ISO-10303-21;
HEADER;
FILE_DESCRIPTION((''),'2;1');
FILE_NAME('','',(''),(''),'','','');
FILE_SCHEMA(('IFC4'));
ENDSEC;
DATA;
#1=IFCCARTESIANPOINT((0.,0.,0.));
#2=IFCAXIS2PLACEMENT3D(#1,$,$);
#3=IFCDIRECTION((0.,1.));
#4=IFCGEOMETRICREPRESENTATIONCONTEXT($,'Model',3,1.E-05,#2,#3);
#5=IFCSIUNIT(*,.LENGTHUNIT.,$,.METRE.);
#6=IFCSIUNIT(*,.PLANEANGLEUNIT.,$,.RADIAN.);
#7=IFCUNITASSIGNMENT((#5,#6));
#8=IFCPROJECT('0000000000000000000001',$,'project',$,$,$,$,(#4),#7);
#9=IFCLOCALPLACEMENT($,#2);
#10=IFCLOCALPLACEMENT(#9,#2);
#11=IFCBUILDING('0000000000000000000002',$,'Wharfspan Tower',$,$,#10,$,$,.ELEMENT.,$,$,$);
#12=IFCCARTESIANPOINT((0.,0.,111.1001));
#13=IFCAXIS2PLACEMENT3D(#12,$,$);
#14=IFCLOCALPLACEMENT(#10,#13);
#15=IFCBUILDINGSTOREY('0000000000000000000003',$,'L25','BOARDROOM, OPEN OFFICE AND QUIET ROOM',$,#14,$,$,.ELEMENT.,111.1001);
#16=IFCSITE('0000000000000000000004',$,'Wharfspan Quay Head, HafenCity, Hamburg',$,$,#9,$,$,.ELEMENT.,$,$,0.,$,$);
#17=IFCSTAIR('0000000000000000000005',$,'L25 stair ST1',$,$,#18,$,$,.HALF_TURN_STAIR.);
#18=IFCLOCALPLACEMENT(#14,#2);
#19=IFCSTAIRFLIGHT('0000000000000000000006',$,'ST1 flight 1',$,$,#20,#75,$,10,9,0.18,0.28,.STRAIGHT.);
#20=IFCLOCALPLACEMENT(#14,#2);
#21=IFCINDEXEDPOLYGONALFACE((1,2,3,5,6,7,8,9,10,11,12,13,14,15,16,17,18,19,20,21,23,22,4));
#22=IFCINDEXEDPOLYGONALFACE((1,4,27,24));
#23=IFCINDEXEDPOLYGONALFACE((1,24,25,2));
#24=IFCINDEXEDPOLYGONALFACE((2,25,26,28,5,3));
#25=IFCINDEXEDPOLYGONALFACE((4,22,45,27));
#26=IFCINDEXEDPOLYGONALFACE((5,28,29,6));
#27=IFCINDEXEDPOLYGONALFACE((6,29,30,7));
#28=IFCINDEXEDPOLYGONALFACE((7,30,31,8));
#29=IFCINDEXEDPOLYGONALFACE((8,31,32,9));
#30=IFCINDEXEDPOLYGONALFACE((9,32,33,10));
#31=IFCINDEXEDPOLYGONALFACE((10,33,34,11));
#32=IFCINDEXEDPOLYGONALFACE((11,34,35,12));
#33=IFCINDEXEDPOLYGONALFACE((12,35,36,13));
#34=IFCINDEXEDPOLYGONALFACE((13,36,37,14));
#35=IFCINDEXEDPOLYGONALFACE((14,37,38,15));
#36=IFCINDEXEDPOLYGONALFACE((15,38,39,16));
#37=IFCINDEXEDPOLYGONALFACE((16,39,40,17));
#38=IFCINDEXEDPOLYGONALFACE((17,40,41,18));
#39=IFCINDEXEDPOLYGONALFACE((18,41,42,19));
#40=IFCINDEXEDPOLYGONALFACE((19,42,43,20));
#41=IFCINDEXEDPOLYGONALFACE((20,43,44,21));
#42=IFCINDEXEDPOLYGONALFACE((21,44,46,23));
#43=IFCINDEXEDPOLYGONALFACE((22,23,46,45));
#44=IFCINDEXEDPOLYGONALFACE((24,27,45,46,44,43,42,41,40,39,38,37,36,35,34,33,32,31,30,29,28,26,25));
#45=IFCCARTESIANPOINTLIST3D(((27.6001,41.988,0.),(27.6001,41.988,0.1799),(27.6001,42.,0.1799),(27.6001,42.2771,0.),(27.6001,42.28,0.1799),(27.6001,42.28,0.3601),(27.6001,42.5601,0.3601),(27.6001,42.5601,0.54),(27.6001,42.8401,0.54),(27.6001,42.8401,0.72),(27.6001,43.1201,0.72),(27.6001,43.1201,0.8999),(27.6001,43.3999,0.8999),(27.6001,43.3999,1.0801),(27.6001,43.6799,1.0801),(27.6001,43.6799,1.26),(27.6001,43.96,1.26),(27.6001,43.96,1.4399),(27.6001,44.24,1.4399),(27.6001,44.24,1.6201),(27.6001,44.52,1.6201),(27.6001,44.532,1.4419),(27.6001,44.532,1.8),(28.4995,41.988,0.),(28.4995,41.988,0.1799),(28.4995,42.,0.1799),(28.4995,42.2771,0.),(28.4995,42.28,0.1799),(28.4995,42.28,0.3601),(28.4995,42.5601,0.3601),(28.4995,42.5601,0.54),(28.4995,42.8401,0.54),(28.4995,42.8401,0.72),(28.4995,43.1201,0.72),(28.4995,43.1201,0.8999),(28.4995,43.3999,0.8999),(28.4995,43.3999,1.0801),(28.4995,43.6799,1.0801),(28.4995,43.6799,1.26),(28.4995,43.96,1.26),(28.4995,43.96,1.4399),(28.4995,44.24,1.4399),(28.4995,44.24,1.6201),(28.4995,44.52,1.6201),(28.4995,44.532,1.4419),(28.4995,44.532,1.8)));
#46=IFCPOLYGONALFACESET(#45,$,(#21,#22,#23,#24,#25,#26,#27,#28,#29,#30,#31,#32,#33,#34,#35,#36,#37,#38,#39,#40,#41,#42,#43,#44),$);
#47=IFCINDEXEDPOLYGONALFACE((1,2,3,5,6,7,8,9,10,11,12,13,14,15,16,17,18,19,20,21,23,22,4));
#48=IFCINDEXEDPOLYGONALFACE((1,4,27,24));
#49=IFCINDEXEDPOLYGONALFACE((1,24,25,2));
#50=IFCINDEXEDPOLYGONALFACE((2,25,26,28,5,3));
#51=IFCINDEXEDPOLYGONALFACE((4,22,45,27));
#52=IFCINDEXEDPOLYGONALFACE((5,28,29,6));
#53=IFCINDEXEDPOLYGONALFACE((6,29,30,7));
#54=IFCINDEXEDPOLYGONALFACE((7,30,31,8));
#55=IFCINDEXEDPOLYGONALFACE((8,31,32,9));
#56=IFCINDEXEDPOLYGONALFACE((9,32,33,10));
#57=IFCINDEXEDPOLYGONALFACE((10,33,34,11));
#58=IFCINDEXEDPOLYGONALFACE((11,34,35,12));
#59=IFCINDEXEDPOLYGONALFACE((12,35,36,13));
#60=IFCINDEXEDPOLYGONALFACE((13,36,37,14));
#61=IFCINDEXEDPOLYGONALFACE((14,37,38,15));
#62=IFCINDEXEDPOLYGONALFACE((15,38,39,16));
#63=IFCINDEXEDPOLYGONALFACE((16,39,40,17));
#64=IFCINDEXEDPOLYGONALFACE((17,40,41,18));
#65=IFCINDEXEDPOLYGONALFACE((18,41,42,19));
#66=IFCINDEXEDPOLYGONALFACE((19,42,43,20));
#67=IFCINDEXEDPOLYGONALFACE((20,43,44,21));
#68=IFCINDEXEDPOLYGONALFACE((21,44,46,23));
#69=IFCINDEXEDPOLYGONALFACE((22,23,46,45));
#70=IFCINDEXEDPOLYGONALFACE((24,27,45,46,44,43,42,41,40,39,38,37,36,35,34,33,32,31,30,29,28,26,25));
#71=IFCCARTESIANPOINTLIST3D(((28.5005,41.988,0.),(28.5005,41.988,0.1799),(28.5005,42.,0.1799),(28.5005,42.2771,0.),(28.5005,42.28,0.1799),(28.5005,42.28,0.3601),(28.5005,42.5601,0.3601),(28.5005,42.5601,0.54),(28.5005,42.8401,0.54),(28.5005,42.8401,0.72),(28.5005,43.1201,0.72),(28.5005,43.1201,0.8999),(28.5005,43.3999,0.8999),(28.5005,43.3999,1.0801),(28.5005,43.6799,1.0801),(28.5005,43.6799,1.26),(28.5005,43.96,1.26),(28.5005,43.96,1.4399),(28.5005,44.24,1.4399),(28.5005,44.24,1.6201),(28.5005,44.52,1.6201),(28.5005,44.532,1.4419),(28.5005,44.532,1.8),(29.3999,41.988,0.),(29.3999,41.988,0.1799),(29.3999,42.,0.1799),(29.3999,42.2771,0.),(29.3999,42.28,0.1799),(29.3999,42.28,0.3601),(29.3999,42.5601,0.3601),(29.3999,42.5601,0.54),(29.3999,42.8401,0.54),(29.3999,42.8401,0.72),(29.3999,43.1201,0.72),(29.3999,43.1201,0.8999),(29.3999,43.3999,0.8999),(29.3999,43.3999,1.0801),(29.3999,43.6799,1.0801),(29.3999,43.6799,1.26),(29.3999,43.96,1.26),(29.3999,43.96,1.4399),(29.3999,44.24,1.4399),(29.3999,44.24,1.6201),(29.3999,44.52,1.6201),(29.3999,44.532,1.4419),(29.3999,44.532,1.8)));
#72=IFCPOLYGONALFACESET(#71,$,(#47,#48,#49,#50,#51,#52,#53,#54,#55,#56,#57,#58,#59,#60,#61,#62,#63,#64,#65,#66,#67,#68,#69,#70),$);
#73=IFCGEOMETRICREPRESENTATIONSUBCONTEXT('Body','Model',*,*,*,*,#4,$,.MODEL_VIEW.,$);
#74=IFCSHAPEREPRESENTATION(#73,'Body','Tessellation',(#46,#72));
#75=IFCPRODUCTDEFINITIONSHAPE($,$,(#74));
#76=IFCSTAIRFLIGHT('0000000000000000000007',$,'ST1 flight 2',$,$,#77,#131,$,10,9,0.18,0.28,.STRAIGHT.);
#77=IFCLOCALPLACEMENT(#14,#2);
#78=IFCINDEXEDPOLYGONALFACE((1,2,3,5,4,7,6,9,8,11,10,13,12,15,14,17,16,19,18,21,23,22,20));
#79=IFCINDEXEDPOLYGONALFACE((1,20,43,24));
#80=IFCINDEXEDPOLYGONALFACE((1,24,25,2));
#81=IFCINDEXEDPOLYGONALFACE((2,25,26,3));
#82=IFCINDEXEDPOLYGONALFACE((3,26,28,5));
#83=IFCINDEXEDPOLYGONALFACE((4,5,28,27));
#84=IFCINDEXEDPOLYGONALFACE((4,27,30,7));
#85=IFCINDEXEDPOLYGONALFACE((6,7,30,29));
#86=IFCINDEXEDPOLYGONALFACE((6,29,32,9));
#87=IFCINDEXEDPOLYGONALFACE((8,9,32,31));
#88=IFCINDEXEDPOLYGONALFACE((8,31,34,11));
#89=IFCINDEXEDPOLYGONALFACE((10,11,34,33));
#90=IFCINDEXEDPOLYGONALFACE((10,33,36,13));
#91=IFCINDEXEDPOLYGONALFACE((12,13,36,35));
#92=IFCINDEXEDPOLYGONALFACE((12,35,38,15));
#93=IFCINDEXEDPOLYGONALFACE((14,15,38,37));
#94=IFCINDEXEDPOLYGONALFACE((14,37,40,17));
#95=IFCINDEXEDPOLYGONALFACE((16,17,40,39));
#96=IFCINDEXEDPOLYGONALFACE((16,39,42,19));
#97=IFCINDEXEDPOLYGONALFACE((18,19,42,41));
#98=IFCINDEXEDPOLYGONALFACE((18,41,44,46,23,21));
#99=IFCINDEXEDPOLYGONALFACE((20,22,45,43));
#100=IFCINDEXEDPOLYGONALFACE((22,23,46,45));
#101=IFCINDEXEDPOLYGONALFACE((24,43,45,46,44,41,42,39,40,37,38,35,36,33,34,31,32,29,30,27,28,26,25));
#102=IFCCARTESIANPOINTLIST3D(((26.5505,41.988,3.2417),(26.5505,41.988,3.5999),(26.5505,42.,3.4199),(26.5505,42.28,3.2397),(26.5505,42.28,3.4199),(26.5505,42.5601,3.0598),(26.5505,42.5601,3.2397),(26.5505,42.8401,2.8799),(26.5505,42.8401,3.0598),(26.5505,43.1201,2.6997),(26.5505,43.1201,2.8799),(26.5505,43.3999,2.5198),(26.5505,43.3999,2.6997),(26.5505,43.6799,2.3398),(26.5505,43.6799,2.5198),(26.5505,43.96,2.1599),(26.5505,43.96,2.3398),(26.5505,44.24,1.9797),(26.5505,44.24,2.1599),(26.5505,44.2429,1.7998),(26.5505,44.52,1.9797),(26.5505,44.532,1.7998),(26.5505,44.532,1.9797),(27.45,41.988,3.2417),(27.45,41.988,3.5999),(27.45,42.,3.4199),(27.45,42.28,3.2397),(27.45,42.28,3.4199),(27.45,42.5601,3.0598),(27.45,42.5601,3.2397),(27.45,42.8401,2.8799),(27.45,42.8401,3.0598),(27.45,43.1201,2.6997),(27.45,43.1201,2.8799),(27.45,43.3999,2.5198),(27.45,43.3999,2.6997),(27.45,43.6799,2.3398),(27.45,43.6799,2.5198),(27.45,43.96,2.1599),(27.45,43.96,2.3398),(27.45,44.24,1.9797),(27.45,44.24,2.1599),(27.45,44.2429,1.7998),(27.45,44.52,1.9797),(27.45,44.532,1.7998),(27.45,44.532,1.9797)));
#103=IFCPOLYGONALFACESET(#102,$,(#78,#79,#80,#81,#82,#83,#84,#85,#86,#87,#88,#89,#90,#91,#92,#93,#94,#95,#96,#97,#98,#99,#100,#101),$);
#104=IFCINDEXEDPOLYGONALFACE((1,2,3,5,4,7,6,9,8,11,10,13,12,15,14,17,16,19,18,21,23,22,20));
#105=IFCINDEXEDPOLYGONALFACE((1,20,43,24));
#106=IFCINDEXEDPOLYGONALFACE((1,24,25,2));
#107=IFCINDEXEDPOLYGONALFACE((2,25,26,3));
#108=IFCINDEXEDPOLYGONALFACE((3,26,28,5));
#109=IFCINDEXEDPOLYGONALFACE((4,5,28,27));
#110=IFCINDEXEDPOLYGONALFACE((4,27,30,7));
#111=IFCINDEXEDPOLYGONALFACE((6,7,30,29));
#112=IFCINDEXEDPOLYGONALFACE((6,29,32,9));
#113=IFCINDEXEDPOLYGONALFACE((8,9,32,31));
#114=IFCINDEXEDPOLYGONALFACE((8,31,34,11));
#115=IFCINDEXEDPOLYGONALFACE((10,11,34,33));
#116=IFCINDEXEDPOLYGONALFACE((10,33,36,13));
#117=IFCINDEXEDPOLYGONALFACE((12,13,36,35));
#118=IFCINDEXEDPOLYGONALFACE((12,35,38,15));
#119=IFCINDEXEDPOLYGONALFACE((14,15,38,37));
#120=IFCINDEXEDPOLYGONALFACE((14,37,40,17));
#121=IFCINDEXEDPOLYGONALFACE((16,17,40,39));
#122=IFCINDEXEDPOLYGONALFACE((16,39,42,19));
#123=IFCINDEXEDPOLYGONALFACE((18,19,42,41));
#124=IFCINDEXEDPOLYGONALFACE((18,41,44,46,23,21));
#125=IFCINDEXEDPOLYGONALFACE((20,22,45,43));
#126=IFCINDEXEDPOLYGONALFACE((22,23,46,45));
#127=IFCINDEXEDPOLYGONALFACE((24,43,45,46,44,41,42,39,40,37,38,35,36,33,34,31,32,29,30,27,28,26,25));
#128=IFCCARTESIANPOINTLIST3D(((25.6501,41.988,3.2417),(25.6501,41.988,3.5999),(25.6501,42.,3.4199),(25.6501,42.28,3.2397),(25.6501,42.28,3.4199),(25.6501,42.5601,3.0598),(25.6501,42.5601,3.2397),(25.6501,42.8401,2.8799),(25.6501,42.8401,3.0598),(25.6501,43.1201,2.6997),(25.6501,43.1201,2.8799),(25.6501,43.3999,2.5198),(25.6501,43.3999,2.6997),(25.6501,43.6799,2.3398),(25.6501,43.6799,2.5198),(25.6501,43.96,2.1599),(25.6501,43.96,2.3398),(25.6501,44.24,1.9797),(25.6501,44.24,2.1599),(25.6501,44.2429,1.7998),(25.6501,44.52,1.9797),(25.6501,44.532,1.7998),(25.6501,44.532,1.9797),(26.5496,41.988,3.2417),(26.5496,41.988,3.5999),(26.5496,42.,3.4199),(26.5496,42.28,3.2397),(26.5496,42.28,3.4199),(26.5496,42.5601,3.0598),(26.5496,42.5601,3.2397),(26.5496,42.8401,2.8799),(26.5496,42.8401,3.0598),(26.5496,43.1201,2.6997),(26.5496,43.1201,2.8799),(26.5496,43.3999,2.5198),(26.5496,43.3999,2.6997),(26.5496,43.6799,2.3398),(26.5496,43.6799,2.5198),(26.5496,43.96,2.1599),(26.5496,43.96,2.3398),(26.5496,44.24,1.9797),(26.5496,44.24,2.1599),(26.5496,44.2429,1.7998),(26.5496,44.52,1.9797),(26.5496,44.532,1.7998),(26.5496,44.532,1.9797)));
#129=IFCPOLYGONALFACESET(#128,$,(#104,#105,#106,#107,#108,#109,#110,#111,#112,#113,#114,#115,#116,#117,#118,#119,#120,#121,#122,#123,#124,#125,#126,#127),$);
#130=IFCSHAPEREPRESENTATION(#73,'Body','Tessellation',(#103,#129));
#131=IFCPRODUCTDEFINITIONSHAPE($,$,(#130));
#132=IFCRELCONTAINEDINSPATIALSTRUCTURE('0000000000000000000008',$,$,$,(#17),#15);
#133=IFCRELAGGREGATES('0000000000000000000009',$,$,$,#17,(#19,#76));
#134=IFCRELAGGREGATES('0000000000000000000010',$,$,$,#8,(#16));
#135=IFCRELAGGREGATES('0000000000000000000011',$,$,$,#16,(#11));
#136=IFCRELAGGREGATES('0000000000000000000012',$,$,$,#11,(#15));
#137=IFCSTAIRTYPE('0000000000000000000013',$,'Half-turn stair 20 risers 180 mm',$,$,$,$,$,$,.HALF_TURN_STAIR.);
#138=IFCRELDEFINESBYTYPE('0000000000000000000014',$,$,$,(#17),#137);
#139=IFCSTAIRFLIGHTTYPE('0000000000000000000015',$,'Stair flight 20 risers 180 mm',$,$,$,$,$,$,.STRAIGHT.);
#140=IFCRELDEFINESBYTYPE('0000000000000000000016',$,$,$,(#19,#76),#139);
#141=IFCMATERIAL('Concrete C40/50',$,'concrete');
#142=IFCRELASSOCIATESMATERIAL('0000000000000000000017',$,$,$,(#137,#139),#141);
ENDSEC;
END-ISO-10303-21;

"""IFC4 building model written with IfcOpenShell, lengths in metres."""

from ifc_helpers import new_model, si_unit, direction, frame, origin, place, context, subcontext, project, spatial, polyline, outline, extrude, material, type_object, element, aggregate, save


model = new_model("IFC4")

# Units and contexts
model_context = context("Model", 3, precision=1e-05, world=origin(), true_north=direction((0.0, 1.0)))
body_context = subcontext(model_context, "Body", "Model", "MODEL_VIEW")
ifc_project = project(units=[si_unit("LENGTHUNIT", "METRE"), si_unit("PLANEANGLEUNIT", "RADIAN")], contexts=[model_context])

# Site, building, storey
site_placement = place(None, origin())
site = spatial("IfcSite", under=ifc_project, at=site_placement, Name="Wharfspan Quay Head, HafenCity, Hamburg", CompositionType="ELEMENT", RefElevation=0.0)
building_placement = place(site_placement, origin())
building = spatial("IfcBuilding", under=site, at=building_placement, Name="Wharfspan Tower", CompositionType="ELEMENT")
storey_placement = place(building_placement, frame((0.0, 0.0, 111.1001)))
storey = spatial("IfcBuildingStorey", under=building, at=storey_placement, Name="L25", Description="BOARDROOM, OPEN OFFICE AND QUIET ROOM", CompositionType="ELEMENT", Elevation=111.1001)

# Shared definitions
ifc_material_1 = material(Name="Concrete C40/50", Category="concrete")

# Stair, stair flights
stair_type = type_object("IfcStairType", Name="Half-turn stair 20 risers 180 mm", PredefinedType="HALF_TURN_STAIR", material=ifc_material_1)
stair_placement = place(storey_placement, origin())
stair = element("IfcStair", 1, at=stair_placement, inside=storey, type_object=stair_type, Name="L25 stair ST1", PredefinedType="HALF_TURN_STAIR")
stair_flight_type = type_object("IfcStairFlightType", Name="Stair flight 20 risers 180 mm", PredefinedType="STRAIGHT", material=ifc_material_1)
stair_flight_1_placement = place(storey_placement, frame((28.5, 42.0, 0.0), z_axis=(0.0, 0.0, 1.0), x_axis=(0.0, 1.0, 0.0)))
stair_flight_1 = element("IfcStairFlight", 2, at=stair_flight_1_placement, type_object=stair_flight_type, Name="ST1 flight 1", NumberOfRisers=10, NumberOfTreads=9, PredefinedType="STRAIGHT", RiserHeight=0.18, TreadLength=0.28, context=body_context, shape_type="SweptSolid", body=[
    extrude(outline(polyline([(-0.012, 0.0), (-0.012, 0.1799), (0.0, 0.1799), (0.28, 0.1799), (0.28, 0.3601), (0.5601, 0.3601), (0.5601, 0.54), (0.8401, 0.54), (0.8401, 0.72), (1.1201, 0.72), (1.1201, 0.8999), (1.3999, 0.8999), (1.3999, 1.0801), (1.6799, 1.0801), (1.6799, 1.26), (1.96, 1.26), (1.96, 1.4399), (2.24, 1.4399), (2.24, 1.6201), (2.52, 1.6201), (2.532, 1.8), (2.532, 1.4419), (0.2771, 0.0), (-0.012, 0.0)])), frame((0.0, 0.8999, 0.0), z_axis=(0.0, -1.0, 0.0), x_axis=(1.0, 0.0, 0.0)), (0.0, 0.0, 1.0), 0.8994),
    extrude(outline(polyline([(-0.012, 0.0), (-0.012, 0.1799), (0.0, 0.1799), (0.28, 0.1799), (0.28, 0.3601), (0.5601, 0.3601), (0.5601, 0.54), (0.8401, 0.54), (0.8401, 0.72), (1.1201, 0.72), (1.1201, 0.8999), (1.3999, 0.8999), (1.3999, 1.0801), (1.6799, 1.0801), (1.6799, 1.26), (1.96, 1.26), (1.96, 1.4399), (2.24, 1.4399), (2.24, 1.6201), (2.52, 1.6201), (2.532, 1.8), (2.532, 1.4419), (0.2771, 0.0), (-0.012, 0.0)])), frame((0.0, -0.0005, 0.0), z_axis=(0.0, -1.0, 0.0), x_axis=(1.0, 0.0, 0.0)), (0.0, 0.0, 1.0), 0.8994),
])
stair_flight_2_placement = place(storey_placement, frame((26.55, 44.52, 1.7998), z_axis=(0.0, 0.0, 1.0), x_axis=(0.0, -1.0, 0.0)))
stair_flight_2 = element("IfcStairFlight", 3, at=stair_flight_2_placement, type_object=stair_flight_type, Name="ST1 flight 2", NumberOfRisers=10, NumberOfTreads=9, PredefinedType="STRAIGHT", RiserHeight=0.18, TreadLength=0.28, context=body_context, shape_type="SweptSolid", body=[
    extrude(outline(polyline([(-0.012, 0.0), (-0.012, 0.1799), (0.0, 0.1799), (0.28, 0.1799), (0.28, 0.3601), (0.5601, 0.3601), (0.5601, 0.54), (0.8401, 0.54), (0.8401, 0.72), (1.1201, 0.72), (1.1201, 0.8999), (1.3999, 0.8999), (1.3999, 1.0801), (1.6799, 1.0801), (1.6799, 1.26), (1.96, 1.26), (1.96, 1.4399), (2.24, 1.4399), (2.24, 1.6201), (2.52, 1.6201), (2.532, 1.8), (2.532, 1.4419), (0.2771, 0.0), (-0.012, 0.0)])), frame((0.0, 0.8999, 0.0), z_axis=(0.0, -1.0, 0.0), x_axis=(1.0, 0.0, 0.0)), (0.0, 0.0, 1.0), 0.8994),
    extrude(outline(polyline([(-0.012, 0.0), (-0.012, 0.1799), (0.0, 0.1799), (0.28, 0.1799), (0.28, 0.3601), (0.5601, 0.3601), (0.5601, 0.54), (0.8401, 0.54), (0.8401, 0.72), (1.1201, 0.72), (1.1201, 0.8999), (1.3999, 0.8999), (1.3999, 1.0801), (1.6799, 1.0801), (1.6799, 1.26), (1.96, 1.26), (1.96, 1.4399), (2.24, 1.4399), (2.24, 1.6201), (2.52, 1.6201), (2.532, 1.8), (2.532, 1.4419), (0.2771, 0.0), (-0.012, 0.0)])), frame((0.0, -0.0005, 0.0), z_axis=(0.0, -1.0, 0.0), x_axis=(1.0, 0.0, 0.0)), (0.0, 0.0, 1.0), 0.8994),
])
aggregate(stair, [stair_flight_1, stair_flight_2])

save(model, "model.ifc")
